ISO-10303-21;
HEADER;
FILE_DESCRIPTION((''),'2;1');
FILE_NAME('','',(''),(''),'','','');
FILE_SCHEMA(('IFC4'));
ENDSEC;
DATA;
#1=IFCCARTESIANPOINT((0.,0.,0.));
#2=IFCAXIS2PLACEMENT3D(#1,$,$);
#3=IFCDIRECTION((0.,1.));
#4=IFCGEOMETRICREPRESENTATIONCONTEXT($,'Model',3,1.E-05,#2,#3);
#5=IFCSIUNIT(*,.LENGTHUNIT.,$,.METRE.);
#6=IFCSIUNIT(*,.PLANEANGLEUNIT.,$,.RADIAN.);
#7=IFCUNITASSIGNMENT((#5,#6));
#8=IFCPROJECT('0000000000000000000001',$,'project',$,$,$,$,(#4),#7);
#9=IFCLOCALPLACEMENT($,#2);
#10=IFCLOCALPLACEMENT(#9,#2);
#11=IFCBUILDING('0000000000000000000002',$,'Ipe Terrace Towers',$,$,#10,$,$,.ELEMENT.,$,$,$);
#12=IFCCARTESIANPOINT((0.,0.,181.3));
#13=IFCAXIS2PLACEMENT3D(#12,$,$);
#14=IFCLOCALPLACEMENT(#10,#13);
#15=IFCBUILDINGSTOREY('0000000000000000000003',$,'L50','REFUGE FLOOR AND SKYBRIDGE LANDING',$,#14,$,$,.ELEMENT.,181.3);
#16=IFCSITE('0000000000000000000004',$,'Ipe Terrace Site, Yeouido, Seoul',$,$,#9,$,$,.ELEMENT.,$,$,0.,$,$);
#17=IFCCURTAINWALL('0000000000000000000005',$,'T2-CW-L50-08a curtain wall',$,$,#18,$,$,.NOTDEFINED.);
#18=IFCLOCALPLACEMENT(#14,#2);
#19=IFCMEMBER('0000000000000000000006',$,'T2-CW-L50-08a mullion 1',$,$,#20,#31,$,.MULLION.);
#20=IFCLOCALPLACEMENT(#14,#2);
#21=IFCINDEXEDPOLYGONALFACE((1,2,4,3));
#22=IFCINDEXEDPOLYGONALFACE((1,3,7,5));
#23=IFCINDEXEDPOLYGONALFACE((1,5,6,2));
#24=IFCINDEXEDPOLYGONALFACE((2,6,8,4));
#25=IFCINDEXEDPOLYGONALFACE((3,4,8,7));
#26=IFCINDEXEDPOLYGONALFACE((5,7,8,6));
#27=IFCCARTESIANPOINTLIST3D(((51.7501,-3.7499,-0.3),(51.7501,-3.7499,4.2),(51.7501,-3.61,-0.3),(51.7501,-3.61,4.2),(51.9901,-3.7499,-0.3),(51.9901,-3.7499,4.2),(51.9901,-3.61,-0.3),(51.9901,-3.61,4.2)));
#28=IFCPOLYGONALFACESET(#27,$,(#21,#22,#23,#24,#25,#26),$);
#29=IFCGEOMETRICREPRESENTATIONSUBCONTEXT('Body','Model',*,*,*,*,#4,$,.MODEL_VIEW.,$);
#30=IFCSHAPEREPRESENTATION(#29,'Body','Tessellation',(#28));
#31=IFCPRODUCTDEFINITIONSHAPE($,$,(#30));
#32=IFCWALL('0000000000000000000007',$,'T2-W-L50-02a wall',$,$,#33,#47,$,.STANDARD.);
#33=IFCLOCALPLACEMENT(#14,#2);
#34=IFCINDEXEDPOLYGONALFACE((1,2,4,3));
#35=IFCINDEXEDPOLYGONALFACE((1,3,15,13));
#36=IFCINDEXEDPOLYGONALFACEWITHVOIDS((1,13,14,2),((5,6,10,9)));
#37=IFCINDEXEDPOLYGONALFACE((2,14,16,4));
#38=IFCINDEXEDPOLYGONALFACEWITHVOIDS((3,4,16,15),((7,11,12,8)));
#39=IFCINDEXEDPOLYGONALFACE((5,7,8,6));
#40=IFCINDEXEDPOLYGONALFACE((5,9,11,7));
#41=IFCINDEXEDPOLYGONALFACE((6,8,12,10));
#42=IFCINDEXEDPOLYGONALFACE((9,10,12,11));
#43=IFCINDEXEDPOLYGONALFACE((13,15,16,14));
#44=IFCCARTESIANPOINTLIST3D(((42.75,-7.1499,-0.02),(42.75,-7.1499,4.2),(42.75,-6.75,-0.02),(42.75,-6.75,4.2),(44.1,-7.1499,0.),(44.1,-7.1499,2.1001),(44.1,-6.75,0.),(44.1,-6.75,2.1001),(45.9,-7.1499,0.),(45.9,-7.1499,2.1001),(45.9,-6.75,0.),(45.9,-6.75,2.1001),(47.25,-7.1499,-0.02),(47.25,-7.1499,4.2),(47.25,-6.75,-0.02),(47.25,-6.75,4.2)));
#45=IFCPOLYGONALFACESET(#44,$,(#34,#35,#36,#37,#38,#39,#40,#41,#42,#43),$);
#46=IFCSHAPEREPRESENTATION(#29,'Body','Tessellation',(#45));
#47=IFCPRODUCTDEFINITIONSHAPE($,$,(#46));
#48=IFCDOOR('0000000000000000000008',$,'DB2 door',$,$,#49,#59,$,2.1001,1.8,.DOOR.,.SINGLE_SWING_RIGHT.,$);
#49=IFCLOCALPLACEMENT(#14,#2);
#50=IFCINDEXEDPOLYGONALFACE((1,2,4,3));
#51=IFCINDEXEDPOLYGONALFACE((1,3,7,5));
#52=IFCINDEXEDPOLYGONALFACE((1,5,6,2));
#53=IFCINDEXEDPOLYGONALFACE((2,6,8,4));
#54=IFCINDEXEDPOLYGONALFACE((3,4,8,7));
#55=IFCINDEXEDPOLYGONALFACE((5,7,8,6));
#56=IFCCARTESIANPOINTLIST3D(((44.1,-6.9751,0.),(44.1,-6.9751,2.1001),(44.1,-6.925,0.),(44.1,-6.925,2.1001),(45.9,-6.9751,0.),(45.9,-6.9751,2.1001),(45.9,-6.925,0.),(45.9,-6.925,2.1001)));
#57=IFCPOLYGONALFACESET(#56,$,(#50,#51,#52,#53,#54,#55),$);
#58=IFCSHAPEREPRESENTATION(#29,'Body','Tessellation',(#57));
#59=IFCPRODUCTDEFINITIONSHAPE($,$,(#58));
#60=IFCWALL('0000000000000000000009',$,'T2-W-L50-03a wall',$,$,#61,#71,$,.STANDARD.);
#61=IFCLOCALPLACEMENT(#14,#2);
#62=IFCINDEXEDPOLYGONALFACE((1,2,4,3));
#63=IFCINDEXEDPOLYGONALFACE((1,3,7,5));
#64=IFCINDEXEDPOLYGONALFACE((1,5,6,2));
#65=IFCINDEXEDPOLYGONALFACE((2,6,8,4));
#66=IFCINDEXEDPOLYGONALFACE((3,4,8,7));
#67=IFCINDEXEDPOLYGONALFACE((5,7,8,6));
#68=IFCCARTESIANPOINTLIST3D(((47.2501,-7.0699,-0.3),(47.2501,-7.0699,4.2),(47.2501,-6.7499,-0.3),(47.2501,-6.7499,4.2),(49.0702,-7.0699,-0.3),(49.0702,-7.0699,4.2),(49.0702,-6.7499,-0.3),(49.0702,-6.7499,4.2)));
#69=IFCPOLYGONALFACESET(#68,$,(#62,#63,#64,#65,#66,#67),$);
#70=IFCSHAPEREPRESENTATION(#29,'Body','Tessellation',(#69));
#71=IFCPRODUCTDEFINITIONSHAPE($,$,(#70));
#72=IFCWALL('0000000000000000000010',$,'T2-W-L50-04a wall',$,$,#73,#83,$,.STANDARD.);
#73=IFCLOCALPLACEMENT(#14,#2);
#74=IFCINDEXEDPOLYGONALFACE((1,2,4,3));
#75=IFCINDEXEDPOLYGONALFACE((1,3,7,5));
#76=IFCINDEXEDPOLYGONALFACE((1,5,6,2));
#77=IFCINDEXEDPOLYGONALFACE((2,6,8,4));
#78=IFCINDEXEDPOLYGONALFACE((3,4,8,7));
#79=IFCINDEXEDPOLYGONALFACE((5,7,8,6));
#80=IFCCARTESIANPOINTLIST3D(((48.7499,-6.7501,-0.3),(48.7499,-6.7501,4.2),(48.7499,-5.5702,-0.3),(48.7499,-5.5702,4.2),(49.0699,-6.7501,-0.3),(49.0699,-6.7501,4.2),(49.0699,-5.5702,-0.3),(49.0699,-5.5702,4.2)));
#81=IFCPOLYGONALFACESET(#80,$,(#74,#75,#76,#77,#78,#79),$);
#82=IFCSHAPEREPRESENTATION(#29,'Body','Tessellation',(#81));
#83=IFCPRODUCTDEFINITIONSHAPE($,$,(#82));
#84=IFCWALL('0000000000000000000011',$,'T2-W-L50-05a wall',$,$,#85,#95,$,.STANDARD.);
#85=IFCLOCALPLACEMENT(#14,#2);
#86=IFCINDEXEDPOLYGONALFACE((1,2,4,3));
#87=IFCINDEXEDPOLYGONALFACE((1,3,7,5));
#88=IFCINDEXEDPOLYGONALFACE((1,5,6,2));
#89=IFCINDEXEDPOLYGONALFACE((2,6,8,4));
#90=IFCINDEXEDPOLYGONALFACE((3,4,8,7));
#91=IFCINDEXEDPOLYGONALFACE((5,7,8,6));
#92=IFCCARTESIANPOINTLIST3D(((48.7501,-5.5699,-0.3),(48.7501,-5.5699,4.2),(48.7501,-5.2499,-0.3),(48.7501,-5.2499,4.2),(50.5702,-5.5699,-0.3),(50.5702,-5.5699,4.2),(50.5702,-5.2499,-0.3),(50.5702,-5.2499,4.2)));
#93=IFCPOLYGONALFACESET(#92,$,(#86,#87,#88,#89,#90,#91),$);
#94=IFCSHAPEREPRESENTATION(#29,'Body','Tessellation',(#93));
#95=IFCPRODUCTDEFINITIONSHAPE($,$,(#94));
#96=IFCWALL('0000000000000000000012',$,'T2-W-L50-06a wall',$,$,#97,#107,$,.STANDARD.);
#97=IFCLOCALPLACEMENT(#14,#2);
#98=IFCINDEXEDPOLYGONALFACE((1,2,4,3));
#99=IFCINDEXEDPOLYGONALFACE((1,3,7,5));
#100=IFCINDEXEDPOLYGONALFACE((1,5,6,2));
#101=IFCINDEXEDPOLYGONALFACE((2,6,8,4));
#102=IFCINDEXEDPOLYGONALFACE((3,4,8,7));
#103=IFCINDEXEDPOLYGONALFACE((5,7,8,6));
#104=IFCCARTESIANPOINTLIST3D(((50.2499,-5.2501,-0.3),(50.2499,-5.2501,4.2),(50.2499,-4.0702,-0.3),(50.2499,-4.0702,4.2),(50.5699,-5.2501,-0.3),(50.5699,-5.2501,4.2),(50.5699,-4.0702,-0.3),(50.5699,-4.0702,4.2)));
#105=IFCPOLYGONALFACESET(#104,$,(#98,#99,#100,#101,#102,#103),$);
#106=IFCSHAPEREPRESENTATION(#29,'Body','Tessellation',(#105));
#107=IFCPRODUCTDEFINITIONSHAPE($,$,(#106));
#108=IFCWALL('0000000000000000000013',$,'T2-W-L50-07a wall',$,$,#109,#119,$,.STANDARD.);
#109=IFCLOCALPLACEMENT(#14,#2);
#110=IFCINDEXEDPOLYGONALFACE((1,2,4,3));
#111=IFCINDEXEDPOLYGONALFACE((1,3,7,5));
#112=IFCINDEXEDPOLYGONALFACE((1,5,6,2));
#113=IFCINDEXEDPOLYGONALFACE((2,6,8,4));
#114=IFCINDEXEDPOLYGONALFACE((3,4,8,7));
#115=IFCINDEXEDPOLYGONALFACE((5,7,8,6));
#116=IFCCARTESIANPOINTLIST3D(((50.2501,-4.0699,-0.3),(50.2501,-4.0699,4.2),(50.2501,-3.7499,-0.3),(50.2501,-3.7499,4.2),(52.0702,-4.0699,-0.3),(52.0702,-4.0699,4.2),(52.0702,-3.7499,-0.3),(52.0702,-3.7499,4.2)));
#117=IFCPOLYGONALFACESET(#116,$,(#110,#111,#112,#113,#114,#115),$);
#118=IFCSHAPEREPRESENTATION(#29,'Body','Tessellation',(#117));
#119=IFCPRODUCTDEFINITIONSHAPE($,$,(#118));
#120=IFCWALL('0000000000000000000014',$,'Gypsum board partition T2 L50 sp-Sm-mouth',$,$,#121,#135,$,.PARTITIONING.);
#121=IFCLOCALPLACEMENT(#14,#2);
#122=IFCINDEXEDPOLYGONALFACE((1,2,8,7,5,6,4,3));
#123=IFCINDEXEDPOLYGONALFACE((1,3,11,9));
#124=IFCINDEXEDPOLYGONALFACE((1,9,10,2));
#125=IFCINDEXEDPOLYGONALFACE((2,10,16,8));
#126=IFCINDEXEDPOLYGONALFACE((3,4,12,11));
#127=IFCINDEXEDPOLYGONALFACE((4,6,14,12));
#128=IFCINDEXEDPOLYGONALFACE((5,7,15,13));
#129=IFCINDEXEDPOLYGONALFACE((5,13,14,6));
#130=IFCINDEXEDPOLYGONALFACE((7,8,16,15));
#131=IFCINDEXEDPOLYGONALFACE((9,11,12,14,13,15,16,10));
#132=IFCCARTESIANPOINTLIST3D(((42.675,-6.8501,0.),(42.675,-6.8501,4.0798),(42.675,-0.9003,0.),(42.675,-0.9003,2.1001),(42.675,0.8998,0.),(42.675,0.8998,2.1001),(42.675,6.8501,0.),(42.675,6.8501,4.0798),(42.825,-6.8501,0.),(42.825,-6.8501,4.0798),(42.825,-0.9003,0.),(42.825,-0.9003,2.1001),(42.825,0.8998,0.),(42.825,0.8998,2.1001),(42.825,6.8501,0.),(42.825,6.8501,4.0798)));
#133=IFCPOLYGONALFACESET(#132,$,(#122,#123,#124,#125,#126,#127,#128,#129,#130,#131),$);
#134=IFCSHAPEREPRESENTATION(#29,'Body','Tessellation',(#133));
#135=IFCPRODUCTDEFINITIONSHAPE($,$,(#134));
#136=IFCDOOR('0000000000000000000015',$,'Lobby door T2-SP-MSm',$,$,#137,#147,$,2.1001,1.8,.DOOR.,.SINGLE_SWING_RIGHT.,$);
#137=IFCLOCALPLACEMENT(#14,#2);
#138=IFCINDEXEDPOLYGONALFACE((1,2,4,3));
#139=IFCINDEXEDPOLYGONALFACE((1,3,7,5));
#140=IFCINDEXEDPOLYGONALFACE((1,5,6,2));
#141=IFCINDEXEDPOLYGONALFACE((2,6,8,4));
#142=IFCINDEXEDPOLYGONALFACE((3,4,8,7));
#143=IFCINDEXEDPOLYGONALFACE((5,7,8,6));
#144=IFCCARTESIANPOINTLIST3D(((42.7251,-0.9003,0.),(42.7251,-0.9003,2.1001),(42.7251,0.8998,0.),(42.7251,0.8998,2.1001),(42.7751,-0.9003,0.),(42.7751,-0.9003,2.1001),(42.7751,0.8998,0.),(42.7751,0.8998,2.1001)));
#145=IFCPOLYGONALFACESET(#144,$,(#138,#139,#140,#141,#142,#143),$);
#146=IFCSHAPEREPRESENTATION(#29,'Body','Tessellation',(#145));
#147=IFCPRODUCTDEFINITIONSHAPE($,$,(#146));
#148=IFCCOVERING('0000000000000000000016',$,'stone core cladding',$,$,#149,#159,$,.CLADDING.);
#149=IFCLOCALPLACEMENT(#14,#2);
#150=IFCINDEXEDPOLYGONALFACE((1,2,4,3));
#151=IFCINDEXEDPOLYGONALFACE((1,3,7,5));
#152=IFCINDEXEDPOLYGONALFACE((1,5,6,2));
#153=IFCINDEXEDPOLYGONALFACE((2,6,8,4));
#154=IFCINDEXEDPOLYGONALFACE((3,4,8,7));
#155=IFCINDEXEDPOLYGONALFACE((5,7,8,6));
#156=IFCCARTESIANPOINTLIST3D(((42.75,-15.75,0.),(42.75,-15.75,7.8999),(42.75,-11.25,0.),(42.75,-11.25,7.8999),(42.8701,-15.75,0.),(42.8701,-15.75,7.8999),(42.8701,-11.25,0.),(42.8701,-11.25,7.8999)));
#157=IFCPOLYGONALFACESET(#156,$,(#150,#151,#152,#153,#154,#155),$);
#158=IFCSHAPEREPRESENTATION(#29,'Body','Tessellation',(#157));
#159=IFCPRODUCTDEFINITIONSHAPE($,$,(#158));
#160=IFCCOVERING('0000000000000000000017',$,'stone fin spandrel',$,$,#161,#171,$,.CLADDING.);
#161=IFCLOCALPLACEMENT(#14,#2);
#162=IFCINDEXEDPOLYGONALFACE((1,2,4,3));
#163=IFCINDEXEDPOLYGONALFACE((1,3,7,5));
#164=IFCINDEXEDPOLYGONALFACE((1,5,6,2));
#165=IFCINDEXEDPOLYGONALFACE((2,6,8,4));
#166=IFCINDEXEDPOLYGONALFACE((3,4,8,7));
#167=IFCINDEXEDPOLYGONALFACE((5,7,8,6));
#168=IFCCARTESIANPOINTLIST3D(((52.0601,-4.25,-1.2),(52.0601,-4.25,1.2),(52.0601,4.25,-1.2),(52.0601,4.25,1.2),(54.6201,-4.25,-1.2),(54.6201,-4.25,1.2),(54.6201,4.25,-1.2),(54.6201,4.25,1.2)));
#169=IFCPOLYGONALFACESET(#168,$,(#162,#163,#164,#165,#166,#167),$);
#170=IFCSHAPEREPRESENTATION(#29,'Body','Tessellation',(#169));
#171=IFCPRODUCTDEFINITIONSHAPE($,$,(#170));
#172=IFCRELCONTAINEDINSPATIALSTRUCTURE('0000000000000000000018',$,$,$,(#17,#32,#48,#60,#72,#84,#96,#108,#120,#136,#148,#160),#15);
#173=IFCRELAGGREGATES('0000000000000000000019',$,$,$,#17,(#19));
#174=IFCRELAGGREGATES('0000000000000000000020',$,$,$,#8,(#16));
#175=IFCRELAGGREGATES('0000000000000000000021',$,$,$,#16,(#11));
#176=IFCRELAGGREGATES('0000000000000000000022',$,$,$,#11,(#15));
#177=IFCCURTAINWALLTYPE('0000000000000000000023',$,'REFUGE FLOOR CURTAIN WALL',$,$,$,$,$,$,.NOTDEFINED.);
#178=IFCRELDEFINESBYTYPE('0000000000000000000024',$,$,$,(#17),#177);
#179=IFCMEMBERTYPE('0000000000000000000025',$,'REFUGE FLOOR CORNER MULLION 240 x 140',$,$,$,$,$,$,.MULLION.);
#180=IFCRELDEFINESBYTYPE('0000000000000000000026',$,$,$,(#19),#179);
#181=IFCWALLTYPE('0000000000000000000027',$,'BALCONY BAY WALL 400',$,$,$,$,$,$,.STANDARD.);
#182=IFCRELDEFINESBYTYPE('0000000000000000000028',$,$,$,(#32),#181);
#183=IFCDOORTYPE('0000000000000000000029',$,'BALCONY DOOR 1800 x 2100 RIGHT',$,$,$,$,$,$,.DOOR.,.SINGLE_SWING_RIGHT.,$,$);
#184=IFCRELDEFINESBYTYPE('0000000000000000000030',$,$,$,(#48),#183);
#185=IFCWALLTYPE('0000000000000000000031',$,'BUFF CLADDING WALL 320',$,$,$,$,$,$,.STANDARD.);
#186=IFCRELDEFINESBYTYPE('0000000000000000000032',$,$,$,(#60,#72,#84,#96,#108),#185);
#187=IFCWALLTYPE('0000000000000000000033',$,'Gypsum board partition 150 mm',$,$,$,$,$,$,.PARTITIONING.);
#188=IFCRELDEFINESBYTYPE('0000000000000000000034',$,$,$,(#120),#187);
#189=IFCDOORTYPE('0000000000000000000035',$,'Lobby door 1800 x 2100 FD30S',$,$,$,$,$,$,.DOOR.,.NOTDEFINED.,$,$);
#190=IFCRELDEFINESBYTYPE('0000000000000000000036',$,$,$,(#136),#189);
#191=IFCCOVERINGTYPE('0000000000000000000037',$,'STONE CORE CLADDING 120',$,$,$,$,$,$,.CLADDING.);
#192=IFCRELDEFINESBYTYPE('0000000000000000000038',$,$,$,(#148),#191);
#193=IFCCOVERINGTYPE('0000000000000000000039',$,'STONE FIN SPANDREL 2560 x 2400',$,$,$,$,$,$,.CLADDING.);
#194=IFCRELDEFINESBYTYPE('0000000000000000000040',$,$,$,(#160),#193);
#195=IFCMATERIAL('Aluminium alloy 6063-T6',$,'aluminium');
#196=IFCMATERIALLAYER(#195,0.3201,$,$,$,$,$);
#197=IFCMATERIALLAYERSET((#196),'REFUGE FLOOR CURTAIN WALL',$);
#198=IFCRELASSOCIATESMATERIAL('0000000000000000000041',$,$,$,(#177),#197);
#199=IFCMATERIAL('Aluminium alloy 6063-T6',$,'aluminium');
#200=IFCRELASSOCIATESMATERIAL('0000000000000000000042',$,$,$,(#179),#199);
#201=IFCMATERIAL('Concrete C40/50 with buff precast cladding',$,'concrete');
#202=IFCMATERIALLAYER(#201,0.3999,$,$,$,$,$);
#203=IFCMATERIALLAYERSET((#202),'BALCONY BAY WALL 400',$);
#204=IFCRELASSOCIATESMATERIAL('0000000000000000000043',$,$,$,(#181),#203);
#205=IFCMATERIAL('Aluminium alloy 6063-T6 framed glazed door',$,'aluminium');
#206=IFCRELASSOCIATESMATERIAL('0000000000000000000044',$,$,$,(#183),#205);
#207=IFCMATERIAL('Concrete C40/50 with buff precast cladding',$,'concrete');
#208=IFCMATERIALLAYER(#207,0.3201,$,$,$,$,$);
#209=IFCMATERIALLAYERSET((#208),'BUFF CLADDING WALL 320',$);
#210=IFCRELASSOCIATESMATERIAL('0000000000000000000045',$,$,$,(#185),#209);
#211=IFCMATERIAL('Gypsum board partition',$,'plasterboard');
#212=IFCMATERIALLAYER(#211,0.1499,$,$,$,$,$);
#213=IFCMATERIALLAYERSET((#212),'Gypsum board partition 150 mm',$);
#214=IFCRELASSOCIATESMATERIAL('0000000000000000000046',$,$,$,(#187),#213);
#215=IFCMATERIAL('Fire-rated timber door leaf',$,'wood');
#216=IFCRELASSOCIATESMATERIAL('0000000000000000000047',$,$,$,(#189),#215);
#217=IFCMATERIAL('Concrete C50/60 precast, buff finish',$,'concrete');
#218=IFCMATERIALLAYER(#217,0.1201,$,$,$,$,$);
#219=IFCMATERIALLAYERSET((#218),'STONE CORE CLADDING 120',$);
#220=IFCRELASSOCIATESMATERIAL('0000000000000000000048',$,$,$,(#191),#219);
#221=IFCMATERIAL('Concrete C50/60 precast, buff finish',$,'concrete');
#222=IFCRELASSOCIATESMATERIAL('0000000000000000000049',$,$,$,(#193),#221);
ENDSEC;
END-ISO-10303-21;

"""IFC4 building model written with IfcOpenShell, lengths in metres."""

from ifc_helpers import new_model, si_unit, direction, frame, frame_2d, origin, origin_2d, place, context, subcontext, project, spatial, rectangle, extrude, material, layer, layer_set, material_profile, profile_set, type_object, element, fill, aggregate, save


model = new_model("IFC4")

# Units and contexts
model_context = context("Model", 3, precision=1e-05, world=origin(), true_north=direction((0.0, 1.0)))
body_context = subcontext(model_context, "Body", "Model", "MODEL_VIEW")
ifc_project = project(units=[si_unit("LENGTHUNIT", "METRE"), si_unit("PLANEANGLEUNIT", "RADIAN")], contexts=[model_context])

# Site, building, storey
site_placement = place(None, origin())
site = spatial("IfcSite", under=ifc_project, at=site_placement, Name="Ipe Terrace Site, Yeouido, Seoul", CompositionType="ELEMENT", RefElevation=0.0)
building_placement = place(site_placement, origin())
building = spatial("IfcBuilding", under=site, at=building_placement, Name="Ipe Terrace Towers", CompositionType="ELEMENT")
storey_placement = place(building_placement, frame((0.0, 0.0, 181.3)))
storey = spatial("IfcBuildingStorey", under=building, at=storey_placement, Name="L50", Description="REFUGE FLOOR AND SKYBRIDGE LANDING", CompositionType="ELEMENT", Elevation=181.3)

# Curtain wall, member
ifc_material_1 = material(Name="Aluminium alloy 6063-T6", Category="aluminium")
ifc_layer_1 = layer(ifc_material_1, 0.3201)
ifc_layer_set_1 = layer_set([ifc_layer_1], Name="REFUGE FLOOR CURTAIN WALL")
curtain_wall_type = type_object("IfcCurtainWallType", Name="REFUGE FLOOR CURTAIN WALL", PredefinedType="NOTDEFINED", material=ifc_layer_set_1)
curtain_wall_placement = place(storey_placement, origin())
curtain_wall = element("IfcCurtainWall", 1, at=curtain_wall_placement, inside=storey, type_object=curtain_wall_type, Name="T2-CW-L50-08a curtain wall", PredefinedType="NOTDEFINED")
ifc_material_2 = material(Name="Aluminium alloy 6063-T6", Category="aluminium")
ifc_material_profile_1 = material_profile(ifc_material_2, rectangle(XDim=0.24, YDim=0.1399, at=origin_2d()), Name="REFUGE FLOOR CORNER MULLION 240 x 140")
ifc_profile_set_1 = profile_set([ifc_material_profile_1], Name="Aluminium alloy 6063-T6")
member_type_1 = type_object("IfcMemberType", Name="REFUGE FLOOR CORNER MULLION 240 x 140", PredefinedType="MULLION", material=ifc_profile_set_1)
member_1_placement = place(storey_placement, frame((51.8701, -3.6799, -0.3), z_axis=(0.0, 0.0, 1.0), x_axis=(1.0, 0.0, 0.0)))
member_1 = element("IfcMember", 2, at=member_1_placement, type_object=member_type_1, Name="T2-CW-L50-08a mullion 1", PredefinedType="MULLION", context=body_context, shape_type="SweptSolid", body=[
    extrude(rectangle(XDim=0.24, YDim=0.1399, at=origin_2d()), origin(), (0.0, 0.0, 1.0), 4.5),
])
aggregate(curtain_wall, [member_1])

# Wall, opening, door
ifc_material_3 = material(Name="Concrete C40/50 with buff precast cladding", Category="concrete")
ifc_layer_2 = layer(ifc_material_3, 0.3999)
ifc_layer_set_2 = layer_set([ifc_layer_2], Name="BALCONY BAY WALL 400")
wall_type_1 = type_object("IfcWallType", Name="BALCONY BAY WALL 400", PredefinedType="STANDARD", material=ifc_layer_set_2)
wall_1_placement = place(storey_placement, frame((42.75, -6.95, -0.02), z_axis=(0.0, 0.0, 1.0), x_axis=(1.0, 0.0, 0.0)))
wall_1 = element("IfcWall", 3, at=wall_1_placement, inside=storey, type_object=wall_type_1, Name="T2-W-L50-02a wall", PredefinedType="STANDARD", context=body_context, shape_type="SweptSolid", body=[
    extrude(rectangle(XDim=4.5, YDim=0.3999, at=frame_2d((2.25, 0.0))), origin(), (0.0, 0.0, 1.0), 4.22),
])
opening_1_placement = place(wall_1_placement, frame((1.3501, 0.0, 0.02)))
opening_1 = element("IfcOpeningElement", 4, at=opening_1_placement, cuts=wall_1, PredefinedType="OPENING", context=body_context, shape_type="SweptSolid", body=[
    extrude(rectangle(XDim=1.8, YDim=2.1001, at=frame_2d((0.8999, 1.05))), frame((0.0, 0.21, 0.0), z_axis=(0.0, -1.0, 0.0), x_axis=(1.0, 0.0, 0.0)), (0.0, 0.0, 1.0), 0.4199),
])
ifc_material_4 = material(Name="Aluminium alloy 6063-T6 framed glazed door", Category="aluminium")
door_type_1 = type_object("IfcDoorType", Name="BALCONY DOOR 1800 x 2100 RIGHT", OperationType="SINGLE_SWING_RIGHT", PredefinedType="DOOR", material=ifc_material_4)
door_1_placement = place(opening_1_placement, origin())
door_1 = element("IfcDoor", 5, at=door_1_placement, inside=storey, type_object=door_type_1, Name="DB2 door", OperationType="SINGLE_SWING_RIGHT", OverallHeight=2.1001, OverallWidth=1.8, PredefinedType="DOOR", context=body_context, shape_type="SweptSolid", body=[
    extrude(rectangle(XDim=1.8, YDim=2.1001, at=frame_2d((0.8999, 1.05))), frame((0.0, 0.0249, 0.0), z_axis=(0.0, -1.0, 0.0), x_axis=(1.0, 0.0, 0.0)), (0.0, 0.0, 1.0), 0.05),
])
fill(opening_1, door_1)

# Walls
ifc_material_5 = material(Name="Concrete C40/50 with buff precast cladding", Category="concrete")
ifc_layer_3 = layer(ifc_material_5, 0.3201)
ifc_layer_set_3 = layer_set([ifc_layer_3], Name="BUFF CLADDING WALL 320")
wall_type_2 = type_object("IfcWallType", Name="BUFF CLADDING WALL 320", PredefinedType="STANDARD", material=ifc_layer_set_3)
wall_2_placement = place(storey_placement, frame((47.25, -6.9099, -0.3), z_axis=(0.0, 0.0, 1.0), x_axis=(1.0, 0.0, 0.0)))
element("IfcWall", 6, at=wall_2_placement, inside=storey, type_object=wall_type_2, Name="T2-W-L50-03a wall", PredefinedType="STANDARD", context=body_context, shape_type="SweptSolid", body=[
    extrude(rectangle(XDim=1.8201, YDim=0.3201, at=frame_2d((0.9102, 0.0))), origin(), (0.0, 0.0, 1.0), 4.5),
])
wall_3_placement = place(storey_placement, frame((48.9099, -6.75, -0.3), z_axis=(0.0, 0.0, 1.0), x_axis=(0.0, 1.0, 0.0)))
element("IfcWall", 7, at=wall_3_placement, inside=storey, type_object=wall_type_2, Name="T2-W-L50-04a wall", PredefinedType="STANDARD", context=body_context, shape_type="SweptSolid", body=[
    extrude(rectangle(XDim=1.1799, YDim=0.3201, at=frame_2d((0.5898, 0.0))), origin(), (0.0, 0.0, 1.0), 4.5),
])
wall_4_placement = place(storey_placement, frame((48.75, -5.4099, -0.3), z_axis=(0.0, 0.0, 1.0), x_axis=(1.0, 0.0, 0.0)))
element("IfcWall", 8, at=wall_4_placement, inside=storey, type_object=wall_type_2, Name="T2-W-L50-05a wall", PredefinedType="STANDARD", context=body_context, shape_type="SweptSolid", body=[
    extrude(rectangle(XDim=1.8201, YDim=0.3201, at=frame_2d((0.9102, 0.0))), origin(), (0.0, 0.0, 1.0), 4.5),
])
wall_5_placement = place(storey_placement, frame((50.4099, -5.25, -0.3), z_axis=(0.0, 0.0, 1.0), x_axis=(0.0, 1.0, 0.0)))
element("IfcWall", 9, at=wall_5_placement, inside=storey, type_object=wall_type_2, Name="T2-W-L50-06a wall", PredefinedType="STANDARD", context=body_context, shape_type="SweptSolid", body=[
    extrude(rectangle(XDim=1.1799, YDim=0.3201, at=frame_2d((0.5898, 0.0))), origin(), (0.0, 0.0, 1.0), 4.5),
])
wall_6_placement = place(storey_placement, frame((50.25, -3.9099, -0.3), z_axis=(0.0, 0.0, 1.0), x_axis=(1.0, 0.0, 0.0)))
element("IfcWall", 10, at=wall_6_placement, inside=storey, type_object=wall_type_2, Name="T2-W-L50-07a wall", PredefinedType="STANDARD", context=body_context, shape_type="SweptSolid", body=[
    extrude(rectangle(XDim=1.8201, YDim=0.3201, at=frame_2d((0.9102, 0.0))), origin(), (0.0, 0.0, 1.0), 4.5),
])

# Wall, opening, door
ifc_material_6 = material(Name="Gypsum board partition", Category="plasterboard")
ifc_layer_4 = layer(ifc_material_6, 0.1499)
ifc_layer_set_4 = layer_set([ifc_layer_4], Name="Gypsum board partition 150 mm")
wall_type_3 = type_object("IfcWallType", Name="Gypsum board partition 150 mm", PredefinedType="PARTITIONING", material=ifc_layer_set_4)
wall_7_placement = place(storey_placement, frame((42.75, -6.8501, 0.0), z_axis=(0.0, 0.0, 1.0), x_axis=(0.0, 1.0, 0.0)))
wall_7 = element("IfcWall", 11, at=wall_7_placement, inside=storey, type_object=wall_type_3, Name="Gypsum board partition T2 L50 sp-Sm-mouth", PredefinedType="PARTITIONING", context=body_context, shape_type="SweptSolid", body=[
    extrude(rectangle(XDim=13.7002, YDim=0.1499, at=frame_2d((6.8501, 0.0))), origin(), (0.0, 0.0, 1.0), 4.0798),
])
opening_2_placement = place(wall_7_placement, frame((5.95, 0.0, 0.0)))
opening_2 = element("IfcOpeningElement", 12, at=opening_2_placement, cuts=wall_7, PredefinedType="OPENING", context=body_context, shape_type="SweptSolid", body=[
    extrude(rectangle(XDim=1.8, YDim=2.1001, at=frame_2d((0.8999, 1.05))), frame((0.0, 0.085, 0.0), z_axis=(0.0, -1.0, 0.0), x_axis=(1.0, 0.0, 0.0)), (0.0, 0.0, 1.0), 0.1699),
])
ifc_material_7 = material(Name="Fire-rated timber door leaf", Category="wood")
door_type_2 = type_object("IfcDoorType", Name="Lobby door 1800 x 2100 FD30S", OperationType="NOTDEFINED", PredefinedType="DOOR", material=ifc_material_7)
door_2_placement = place(opening_2_placement, origin())
door_2 = element("IfcDoor", 13, at=door_2_placement, inside=storey, type_object=door_type_2, Name="Lobby door T2-SP-MSm", OperationType="SINGLE_SWING_RIGHT", OverallHeight=2.1001, OverallWidth=1.8, PredefinedType="DOOR", context=body_context, shape_type="SweptSolid", body=[
    extrude(rectangle(XDim=1.8, YDim=2.1001, at=frame_2d((0.8999, 1.05))), frame((0.0, 0.0249, 0.0), z_axis=(0.0, -1.0, 0.0), x_axis=(1.0, 0.0, 0.0)), (0.0, 0.0, 1.0), 0.05),
])
fill(opening_2, door_2)

# Coverings
ifc_material_8 = material(Name="Concrete C50/60 precast, buff finish", Category="concrete")
ifc_layer_5 = layer(ifc_material_8, 0.1201)
ifc_layer_set_5 = layer_set([ifc_layer_5], Name="STONE CORE CLADDING 120")
covering_type_1 = type_object("IfcCoveringType", Name="STONE CORE CLADDING 120", PredefinedType="CLADDING", material=ifc_layer_set_5)
covering_1_placement = place(storey_placement, frame((42.8101, -13.5, 0.0), z_axis=(0.0, 0.0, 1.0), x_axis=(0.0, 1.0, 0.0)))
element("IfcCovering", 14, at=covering_1_placement, inside=storey, type_object=covering_type_1, Name="stone core cladding", PredefinedType="CLADDING", context=body_context, shape_type="SweptSolid", body=[
    extrude(rectangle(XDim=4.5, YDim=0.1201, at=origin_2d()), origin(), (0.0, 0.0, 1.0), 7.8999),
])
ifc_material_9 = material(Name="Concrete C50/60 precast, buff finish", Category="concrete")
ifc_material_profile_2 = material_profile(ifc_material_9, rectangle(XDim=2.5601, YDim=2.3999, at=origin_2d()), Name="STONE FIN SPANDREL 2560 x 2400")
ifc_profile_set_2 = profile_set([ifc_material_profile_2], Name="Concrete C50/60 precast, buff finish")
covering_type_2 = type_object("IfcCoveringType", Name="STONE FIN SPANDREL 2560 x 2400", PredefinedType="CLADDING", material=ifc_profile_set_2)
covering_2_placement = place(storey_placement, frame((53.3401, -4.25, 0.0), z_axis=(0.0, 1.0, 0.0), x_axis=(1.0, 0.0, 0.0)))
element("IfcCovering", 15, at=covering_2_placement, inside=storey, type_object=covering_type_2, Name="stone fin spandrel", PredefinedType="CLADDING", context=body_context, shape_type="SweptSolid", body=[
    extrude(rectangle(XDim=2.5601, YDim=2.3999, at=origin_2d()), origin(), (0.0, 0.0, 1.0), 8.5),
])

save(model, "model.ifc")
